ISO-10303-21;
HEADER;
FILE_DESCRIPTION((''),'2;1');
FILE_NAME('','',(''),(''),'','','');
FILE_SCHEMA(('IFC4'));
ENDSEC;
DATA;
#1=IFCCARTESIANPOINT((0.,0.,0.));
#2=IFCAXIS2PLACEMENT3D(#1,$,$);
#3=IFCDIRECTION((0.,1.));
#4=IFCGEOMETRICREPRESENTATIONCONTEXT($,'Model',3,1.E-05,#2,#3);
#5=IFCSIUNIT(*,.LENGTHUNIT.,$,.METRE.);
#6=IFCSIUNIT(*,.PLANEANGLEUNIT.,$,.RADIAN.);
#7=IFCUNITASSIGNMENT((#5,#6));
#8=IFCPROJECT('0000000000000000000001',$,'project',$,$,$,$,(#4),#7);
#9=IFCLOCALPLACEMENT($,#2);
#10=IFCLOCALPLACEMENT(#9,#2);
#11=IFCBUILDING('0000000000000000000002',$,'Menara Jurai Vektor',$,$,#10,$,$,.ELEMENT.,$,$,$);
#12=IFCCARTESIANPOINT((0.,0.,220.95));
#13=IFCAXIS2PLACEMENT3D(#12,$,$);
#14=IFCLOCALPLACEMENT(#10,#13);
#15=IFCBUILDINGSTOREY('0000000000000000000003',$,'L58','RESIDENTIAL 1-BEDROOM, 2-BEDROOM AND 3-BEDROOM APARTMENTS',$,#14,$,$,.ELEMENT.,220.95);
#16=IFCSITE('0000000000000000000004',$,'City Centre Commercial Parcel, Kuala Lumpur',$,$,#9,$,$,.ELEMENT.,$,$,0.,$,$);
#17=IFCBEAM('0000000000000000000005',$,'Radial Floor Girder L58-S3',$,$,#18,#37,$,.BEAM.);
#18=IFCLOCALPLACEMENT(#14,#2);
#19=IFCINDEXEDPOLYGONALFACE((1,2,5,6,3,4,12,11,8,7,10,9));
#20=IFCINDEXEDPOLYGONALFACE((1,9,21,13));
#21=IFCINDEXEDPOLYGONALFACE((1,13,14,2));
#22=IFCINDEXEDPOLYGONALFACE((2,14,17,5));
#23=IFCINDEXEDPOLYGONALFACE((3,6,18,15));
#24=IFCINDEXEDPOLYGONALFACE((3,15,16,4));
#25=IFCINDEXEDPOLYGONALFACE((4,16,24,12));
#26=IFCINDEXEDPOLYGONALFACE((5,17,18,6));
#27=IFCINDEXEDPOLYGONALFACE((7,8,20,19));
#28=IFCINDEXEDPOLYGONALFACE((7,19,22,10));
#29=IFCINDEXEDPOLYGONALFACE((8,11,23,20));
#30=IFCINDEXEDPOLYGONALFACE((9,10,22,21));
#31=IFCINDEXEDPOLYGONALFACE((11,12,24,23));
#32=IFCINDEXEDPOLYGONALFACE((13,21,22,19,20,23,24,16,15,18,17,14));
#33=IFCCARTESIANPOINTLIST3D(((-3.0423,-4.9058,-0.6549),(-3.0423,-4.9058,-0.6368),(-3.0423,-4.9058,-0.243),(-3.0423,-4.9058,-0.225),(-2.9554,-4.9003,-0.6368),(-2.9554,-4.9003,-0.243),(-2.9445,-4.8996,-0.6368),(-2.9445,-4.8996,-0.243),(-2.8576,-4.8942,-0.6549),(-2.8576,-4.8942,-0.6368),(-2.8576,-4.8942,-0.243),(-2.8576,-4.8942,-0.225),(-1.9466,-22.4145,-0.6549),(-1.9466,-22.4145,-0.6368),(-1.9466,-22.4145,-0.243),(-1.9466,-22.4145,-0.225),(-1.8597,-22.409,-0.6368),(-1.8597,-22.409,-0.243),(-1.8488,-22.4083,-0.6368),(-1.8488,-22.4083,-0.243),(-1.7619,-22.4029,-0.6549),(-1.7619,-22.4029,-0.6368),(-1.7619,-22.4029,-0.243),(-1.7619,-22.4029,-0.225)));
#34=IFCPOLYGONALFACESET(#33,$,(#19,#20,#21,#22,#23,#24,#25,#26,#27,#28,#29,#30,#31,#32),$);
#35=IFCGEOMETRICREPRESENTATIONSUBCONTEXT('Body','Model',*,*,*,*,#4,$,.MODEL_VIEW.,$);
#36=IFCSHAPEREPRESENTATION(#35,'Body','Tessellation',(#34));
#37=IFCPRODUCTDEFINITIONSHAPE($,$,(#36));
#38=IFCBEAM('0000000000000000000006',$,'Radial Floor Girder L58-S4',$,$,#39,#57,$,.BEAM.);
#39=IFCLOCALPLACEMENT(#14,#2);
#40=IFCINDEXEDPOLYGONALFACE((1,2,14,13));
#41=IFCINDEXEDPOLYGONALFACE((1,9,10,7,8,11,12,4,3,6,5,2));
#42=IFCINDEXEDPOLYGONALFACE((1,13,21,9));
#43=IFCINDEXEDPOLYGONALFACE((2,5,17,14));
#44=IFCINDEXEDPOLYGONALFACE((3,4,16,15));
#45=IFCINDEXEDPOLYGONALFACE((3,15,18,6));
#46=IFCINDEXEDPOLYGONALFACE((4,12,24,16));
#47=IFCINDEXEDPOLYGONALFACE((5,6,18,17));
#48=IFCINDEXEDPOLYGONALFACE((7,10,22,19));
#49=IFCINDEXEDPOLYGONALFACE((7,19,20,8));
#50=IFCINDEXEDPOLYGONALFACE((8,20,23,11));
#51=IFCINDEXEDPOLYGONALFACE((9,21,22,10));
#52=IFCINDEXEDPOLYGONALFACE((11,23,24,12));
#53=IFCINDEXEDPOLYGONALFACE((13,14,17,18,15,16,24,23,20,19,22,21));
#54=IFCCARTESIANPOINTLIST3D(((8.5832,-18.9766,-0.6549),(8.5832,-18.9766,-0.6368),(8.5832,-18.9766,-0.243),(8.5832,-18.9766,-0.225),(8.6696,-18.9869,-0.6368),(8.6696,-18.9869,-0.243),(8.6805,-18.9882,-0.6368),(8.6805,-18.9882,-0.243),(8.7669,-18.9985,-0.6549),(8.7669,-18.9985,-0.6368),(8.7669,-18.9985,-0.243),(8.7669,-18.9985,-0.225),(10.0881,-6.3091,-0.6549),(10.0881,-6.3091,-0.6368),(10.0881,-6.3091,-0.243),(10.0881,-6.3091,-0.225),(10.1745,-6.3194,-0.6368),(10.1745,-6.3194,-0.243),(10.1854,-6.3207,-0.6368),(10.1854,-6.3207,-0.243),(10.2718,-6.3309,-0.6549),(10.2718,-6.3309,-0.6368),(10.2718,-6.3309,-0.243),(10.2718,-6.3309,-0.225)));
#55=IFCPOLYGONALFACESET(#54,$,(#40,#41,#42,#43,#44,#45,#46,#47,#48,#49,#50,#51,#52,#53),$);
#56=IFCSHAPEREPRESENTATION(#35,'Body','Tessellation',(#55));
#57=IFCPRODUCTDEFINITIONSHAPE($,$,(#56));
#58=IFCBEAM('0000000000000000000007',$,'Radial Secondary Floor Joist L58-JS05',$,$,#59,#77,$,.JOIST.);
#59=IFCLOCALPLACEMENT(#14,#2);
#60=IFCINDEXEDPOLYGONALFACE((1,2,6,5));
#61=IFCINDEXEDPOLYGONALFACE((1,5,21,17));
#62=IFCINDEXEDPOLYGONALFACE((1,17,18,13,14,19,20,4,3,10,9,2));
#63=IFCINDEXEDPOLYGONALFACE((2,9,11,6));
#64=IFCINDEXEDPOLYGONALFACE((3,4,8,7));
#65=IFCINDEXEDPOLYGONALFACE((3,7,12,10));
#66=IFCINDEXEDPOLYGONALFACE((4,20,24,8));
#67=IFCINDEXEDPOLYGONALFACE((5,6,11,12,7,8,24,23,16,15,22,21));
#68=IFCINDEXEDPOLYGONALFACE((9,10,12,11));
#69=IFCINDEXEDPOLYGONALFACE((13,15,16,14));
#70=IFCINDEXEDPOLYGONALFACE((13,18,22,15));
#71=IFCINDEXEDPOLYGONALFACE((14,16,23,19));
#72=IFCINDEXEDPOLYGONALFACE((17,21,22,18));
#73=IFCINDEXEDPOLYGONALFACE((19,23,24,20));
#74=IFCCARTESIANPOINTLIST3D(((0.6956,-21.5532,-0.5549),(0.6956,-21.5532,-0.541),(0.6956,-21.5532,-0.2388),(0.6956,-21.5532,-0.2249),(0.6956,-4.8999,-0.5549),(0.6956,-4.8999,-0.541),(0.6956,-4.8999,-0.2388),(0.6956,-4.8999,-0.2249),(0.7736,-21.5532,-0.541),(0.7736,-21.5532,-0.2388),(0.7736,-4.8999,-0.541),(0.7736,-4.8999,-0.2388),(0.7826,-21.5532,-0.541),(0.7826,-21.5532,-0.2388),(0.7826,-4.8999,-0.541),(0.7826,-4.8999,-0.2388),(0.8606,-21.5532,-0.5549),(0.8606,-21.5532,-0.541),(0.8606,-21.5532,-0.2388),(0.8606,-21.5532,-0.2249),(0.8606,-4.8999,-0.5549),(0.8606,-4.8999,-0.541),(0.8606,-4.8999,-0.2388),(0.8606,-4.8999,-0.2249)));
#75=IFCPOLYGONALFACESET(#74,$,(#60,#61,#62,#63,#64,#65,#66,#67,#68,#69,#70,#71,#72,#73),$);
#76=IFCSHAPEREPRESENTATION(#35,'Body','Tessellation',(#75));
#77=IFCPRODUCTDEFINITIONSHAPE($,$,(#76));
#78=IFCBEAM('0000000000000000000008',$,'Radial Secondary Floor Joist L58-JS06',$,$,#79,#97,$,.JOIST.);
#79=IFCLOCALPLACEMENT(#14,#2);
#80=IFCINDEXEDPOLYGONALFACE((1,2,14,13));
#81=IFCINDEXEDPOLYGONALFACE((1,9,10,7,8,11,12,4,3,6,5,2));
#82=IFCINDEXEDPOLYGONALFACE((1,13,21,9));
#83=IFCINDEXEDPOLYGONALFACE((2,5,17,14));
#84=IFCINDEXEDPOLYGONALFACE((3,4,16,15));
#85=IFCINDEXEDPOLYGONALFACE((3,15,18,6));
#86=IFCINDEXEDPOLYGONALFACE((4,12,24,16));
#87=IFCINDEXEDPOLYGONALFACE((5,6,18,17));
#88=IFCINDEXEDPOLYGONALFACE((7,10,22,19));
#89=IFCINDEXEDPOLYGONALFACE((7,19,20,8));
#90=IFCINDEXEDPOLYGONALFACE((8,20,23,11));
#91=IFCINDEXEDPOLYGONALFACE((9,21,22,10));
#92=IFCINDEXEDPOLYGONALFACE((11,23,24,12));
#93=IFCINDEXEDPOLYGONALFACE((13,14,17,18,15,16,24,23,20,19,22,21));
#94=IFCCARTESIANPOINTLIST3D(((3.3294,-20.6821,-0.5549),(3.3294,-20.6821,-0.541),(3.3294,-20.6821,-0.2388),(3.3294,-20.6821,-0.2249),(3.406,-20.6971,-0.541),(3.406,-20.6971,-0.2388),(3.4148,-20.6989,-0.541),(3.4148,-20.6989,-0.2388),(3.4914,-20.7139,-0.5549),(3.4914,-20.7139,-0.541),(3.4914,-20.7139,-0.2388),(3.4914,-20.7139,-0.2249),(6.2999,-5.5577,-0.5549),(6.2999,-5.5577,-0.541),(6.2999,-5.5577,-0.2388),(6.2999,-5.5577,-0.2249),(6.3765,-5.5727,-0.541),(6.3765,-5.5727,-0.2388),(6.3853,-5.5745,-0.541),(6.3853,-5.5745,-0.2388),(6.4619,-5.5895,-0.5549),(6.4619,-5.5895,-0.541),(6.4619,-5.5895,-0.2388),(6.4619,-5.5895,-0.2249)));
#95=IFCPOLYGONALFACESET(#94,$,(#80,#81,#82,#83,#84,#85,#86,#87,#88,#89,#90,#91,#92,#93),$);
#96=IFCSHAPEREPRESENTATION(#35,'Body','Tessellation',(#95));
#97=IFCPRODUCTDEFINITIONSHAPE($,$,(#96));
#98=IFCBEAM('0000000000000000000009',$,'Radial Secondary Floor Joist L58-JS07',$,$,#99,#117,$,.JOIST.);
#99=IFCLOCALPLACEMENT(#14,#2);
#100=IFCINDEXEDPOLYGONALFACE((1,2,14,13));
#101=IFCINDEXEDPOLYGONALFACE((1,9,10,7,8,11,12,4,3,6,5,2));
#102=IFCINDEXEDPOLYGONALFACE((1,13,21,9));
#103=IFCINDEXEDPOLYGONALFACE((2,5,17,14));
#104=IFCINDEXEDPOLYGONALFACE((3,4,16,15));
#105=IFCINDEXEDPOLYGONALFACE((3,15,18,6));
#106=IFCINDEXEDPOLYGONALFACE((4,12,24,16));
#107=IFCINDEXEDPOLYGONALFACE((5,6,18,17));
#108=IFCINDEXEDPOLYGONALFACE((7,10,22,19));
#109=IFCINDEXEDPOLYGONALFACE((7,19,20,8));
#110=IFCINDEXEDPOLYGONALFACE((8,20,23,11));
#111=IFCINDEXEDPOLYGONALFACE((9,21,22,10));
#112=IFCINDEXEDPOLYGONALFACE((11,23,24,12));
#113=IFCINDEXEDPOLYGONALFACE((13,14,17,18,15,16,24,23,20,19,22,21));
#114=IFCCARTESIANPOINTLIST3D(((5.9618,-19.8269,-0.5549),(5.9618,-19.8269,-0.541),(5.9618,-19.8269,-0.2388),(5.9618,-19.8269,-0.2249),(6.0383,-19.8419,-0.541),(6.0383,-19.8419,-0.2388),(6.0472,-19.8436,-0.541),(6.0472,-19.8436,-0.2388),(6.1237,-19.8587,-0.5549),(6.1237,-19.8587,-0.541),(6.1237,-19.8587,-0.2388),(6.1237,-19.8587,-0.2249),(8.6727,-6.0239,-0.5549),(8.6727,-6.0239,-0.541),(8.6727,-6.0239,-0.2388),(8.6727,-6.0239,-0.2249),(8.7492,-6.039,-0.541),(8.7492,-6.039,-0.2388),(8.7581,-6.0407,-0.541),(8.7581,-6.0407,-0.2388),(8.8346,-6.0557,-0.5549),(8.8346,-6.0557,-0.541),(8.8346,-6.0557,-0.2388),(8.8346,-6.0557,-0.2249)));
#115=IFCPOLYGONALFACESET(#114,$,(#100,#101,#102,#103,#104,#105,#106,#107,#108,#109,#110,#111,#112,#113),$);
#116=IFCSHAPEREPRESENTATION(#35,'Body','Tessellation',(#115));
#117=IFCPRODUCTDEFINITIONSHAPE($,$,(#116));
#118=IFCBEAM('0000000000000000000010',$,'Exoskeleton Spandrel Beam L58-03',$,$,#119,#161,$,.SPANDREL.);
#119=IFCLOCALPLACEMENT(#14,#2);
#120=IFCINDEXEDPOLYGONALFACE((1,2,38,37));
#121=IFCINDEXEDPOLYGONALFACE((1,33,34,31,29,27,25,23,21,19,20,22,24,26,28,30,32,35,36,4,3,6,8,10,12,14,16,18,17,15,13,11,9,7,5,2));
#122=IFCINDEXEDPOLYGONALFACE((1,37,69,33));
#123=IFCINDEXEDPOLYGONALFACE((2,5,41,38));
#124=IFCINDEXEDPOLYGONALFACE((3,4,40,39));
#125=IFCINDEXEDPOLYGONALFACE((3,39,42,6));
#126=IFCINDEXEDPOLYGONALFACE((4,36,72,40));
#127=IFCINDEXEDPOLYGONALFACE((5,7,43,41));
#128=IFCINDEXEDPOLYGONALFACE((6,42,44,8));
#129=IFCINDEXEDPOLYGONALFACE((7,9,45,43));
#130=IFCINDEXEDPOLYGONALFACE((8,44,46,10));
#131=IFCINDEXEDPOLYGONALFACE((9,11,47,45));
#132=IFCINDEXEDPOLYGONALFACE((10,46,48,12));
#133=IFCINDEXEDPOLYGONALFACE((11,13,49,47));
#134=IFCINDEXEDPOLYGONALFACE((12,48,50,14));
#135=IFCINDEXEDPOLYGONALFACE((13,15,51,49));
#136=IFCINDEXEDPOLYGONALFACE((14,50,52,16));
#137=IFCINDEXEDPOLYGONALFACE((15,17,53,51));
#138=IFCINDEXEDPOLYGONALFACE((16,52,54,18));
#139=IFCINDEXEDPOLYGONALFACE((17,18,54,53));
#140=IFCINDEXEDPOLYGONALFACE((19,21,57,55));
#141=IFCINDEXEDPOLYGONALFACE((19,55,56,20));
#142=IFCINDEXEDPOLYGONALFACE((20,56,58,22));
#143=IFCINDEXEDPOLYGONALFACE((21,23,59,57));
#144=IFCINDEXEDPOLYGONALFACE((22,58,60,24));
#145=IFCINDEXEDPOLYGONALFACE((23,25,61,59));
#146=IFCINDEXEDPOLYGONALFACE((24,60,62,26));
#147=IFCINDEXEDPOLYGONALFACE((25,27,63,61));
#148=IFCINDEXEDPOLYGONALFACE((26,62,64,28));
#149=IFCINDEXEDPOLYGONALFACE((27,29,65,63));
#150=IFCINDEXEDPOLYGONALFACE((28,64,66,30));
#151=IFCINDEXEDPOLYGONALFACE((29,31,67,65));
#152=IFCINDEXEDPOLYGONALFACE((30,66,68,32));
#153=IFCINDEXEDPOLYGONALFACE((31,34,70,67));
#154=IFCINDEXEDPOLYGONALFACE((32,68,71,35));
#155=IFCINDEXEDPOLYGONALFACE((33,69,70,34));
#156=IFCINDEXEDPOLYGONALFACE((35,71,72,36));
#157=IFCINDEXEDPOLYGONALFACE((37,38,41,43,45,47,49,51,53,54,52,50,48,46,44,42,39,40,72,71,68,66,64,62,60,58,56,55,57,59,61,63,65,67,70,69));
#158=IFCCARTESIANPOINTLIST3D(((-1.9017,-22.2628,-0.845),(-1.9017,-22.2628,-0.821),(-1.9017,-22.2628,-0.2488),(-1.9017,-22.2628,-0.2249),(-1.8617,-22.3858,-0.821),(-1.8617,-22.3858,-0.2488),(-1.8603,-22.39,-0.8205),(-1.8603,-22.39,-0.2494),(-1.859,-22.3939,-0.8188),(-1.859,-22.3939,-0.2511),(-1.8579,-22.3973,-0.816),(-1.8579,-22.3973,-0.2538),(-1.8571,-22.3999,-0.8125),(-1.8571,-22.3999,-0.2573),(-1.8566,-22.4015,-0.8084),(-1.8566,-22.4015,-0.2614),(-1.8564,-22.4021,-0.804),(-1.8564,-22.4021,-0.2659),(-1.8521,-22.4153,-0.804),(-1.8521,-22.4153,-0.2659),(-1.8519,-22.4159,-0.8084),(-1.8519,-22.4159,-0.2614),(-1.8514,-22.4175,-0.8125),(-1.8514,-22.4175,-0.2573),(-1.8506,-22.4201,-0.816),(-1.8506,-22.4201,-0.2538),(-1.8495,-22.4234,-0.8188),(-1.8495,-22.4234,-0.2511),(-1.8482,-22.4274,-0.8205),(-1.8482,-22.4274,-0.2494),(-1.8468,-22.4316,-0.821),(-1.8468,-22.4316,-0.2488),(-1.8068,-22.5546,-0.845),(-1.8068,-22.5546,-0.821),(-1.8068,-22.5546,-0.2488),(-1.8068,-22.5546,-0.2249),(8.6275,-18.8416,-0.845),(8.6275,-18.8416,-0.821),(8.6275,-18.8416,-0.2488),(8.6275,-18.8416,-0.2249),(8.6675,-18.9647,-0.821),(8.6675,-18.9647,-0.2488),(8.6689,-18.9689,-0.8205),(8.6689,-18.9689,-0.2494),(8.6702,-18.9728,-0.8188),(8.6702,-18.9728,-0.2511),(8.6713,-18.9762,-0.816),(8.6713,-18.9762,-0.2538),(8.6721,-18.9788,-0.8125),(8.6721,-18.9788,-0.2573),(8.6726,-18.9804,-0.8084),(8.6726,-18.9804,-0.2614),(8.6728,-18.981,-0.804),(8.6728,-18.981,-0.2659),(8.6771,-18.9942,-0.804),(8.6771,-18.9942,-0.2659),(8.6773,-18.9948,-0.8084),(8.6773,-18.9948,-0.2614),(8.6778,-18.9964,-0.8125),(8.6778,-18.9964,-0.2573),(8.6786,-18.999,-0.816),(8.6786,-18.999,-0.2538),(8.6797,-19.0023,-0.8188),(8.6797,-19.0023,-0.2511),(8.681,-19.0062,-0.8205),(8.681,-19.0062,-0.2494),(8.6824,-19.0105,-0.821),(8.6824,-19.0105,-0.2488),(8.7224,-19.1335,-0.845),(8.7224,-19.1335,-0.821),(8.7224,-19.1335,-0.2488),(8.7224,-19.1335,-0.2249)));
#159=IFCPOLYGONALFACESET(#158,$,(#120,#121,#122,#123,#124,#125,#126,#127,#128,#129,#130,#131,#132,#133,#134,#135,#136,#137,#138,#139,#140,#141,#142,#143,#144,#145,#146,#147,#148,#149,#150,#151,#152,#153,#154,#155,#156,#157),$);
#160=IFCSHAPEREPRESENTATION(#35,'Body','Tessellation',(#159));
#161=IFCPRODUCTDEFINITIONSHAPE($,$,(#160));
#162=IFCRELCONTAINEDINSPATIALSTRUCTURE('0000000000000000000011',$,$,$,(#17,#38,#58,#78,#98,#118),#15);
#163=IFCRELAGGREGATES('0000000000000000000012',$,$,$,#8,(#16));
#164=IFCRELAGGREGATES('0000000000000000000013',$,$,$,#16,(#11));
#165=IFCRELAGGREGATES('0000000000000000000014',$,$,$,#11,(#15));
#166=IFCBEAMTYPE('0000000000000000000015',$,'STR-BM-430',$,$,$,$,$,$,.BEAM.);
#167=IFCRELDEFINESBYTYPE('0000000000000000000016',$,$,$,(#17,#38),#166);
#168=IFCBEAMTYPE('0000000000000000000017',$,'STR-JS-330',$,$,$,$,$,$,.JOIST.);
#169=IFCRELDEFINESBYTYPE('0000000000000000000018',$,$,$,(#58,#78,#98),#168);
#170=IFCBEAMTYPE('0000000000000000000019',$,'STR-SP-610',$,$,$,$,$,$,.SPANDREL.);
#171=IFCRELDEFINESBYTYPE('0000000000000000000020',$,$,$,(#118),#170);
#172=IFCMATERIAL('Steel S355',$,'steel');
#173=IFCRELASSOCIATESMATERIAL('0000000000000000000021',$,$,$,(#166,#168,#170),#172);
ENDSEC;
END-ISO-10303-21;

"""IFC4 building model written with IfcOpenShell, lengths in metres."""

from ifc_helpers import new_model, si_unit, direction, frame, origin, origin_2d, place, context, subcontext, project, spatial, i_section, extrude, material, material_profile, profile_set, type_object, element, save


model = new_model("IFC4")

# Units and contexts
model_context = context("Model", 3, precision=1e-05, world=origin(), true_north=direction((0.0, 1.0)))
body_context = subcontext(model_context, "Body", "Model", "MODEL_VIEW")
ifc_project = project(units=[si_unit("LENGTHUNIT", "METRE"), si_unit("PLANEANGLEUNIT", "RADIAN")], contexts=[model_context])

# Site, building, storey
site_placement = place(None, origin())
site = spatial("IfcSite", under=ifc_project, at=site_placement, Name="City Centre Commercial Parcel, Kuala Lumpur", CompositionType="ELEMENT", RefElevation=0.0)
building_placement = place(site_placement, origin())
building = spatial("IfcBuilding", under=site, at=building_placement, Name="Menara Jurai Vektor", CompositionType="ELEMENT")
storey_placement = place(building_placement, frame((0.0, 0.0, 220.95)))
storey = spatial("IfcBuildingStorey", under=building, at=storey_placement, Name="L58", Description="RESIDENTIAL 1-BEDROOM, 2-BEDROOM AND 3-BEDROOM APARTMENTS", CompositionType="ELEMENT", Elevation=220.95)

# Beams
ifc_material_1 = material(Name="Steel S355", Category="steel")
ifc_material_profile_1 = material_profile(ifc_material_1, i_section(OverallWidth=0.1851, OverallDepth=0.4299, WebThickness=0.011, FlangeThickness=0.0181, at=origin_2d()), Name="PG 430x185x76")
ifc_profile_set_1 = profile_set([ifc_material_profile_1], Name="Steel S355")
beam_type_1 = type_object("IfcBeamType", Name="STR-BM-430", PredefinedType="BEAM", material=ifc_profile_set_1)
beam_1_placement = place(storey_placement, frame((-1.8542, -22.4087, -0.4399), z_axis=(-0.062458, 0.998048, 0.0), x_axis=(-0.998048, -0.062458, 0.0)))
element("IfcBeam", 1, at=beam_1_placement, inside=storey, type_object=beam_type_1, Name="Radial Floor Girder L58-S3", PredefinedType="BEAM", context=body_context, shape_type="SweptSolid", body=[
    extrude(i_section(OverallWidth=0.1851, OverallDepth=0.4299, WebThickness=0.011, FlangeThickness=0.0181, at=origin_2d()), origin(), (0.0, 0.0, 1.0), 17.543),
])
beam_2_placement = place(storey_placement, frame((8.675, -18.9875, -0.4399), z_axis=(0.117969, 0.993017, 0.0), x_axis=(-0.993017, 0.117969, 0.0)))
element("IfcBeam", 2, at=beam_2_placement, inside=storey, type_object=beam_type_1, Name="Radial Floor Girder L58-S4", PredefinedType="BEAM", context=body_context, shape_type="SweptSolid", body=[
    extrude(i_section(OverallWidth=0.1851, OverallDepth=0.4299, WebThickness=0.011, FlangeThickness=0.0181, at=origin_2d()), origin(), (0.0, 0.0, 1.0), 12.7566),
])
ifc_material_profile_2 = material_profile(ifc_material_1, i_section(OverallWidth=0.165, OverallDepth=0.3301, WebThickness=0.009, FlangeThickness=0.0139, at=origin_2d()), Name="PG 330x165x46")
ifc_profile_set_2 = profile_set([ifc_material_profile_2], Name="Steel S355")
beam_type_2 = type_object("IfcBeamType", Name="STR-JS-330", PredefinedType="JOIST", material=ifc_profile_set_2)
beam_3_placement = place(storey_placement, frame((0.7781, -21.5532, -0.3899), z_axis=(0.0, 1.0, 0.0), x_axis=(-1.0, 0.0, 0.0)))
element("IfcBeam", 3, at=beam_3_placement, inside=storey, type_object=beam_type_2, Name="Radial Secondary Floor Joist L58-JS05", PredefinedType="JOIST", context=body_context, shape_type="SweptSolid", body=[
    extrude(i_section(OverallWidth=0.165, OverallDepth=0.3301, WebThickness=0.009, FlangeThickness=0.0139, at=origin_2d()), origin(), (0.0, 0.0, 1.0), 16.6533),
])
beam_4_placement = place(storey_placement, frame((3.4104, -20.698, -0.3899), z_axis=(0.192722, 0.981253, 0.0), x_axis=(-0.981253, 0.192722, 0.0)))
element("IfcBeam", 4, at=beam_4_placement, inside=storey, type_object=beam_type_2, Name="Radial Secondary Floor Joist L58-JS06", PredefinedType="JOIST", context=body_context, shape_type="SweptSolid", body=[
    extrude(i_section(OverallWidth=0.165, OverallDepth=0.3301, WebThickness=0.009, FlangeThickness=0.0139, at=origin_2d()), origin(), (0.0, 0.0, 1.0), 15.4133),
])
beam_5_placement = place(storey_placement, frame((6.0427, -19.8428, -0.3899), z_axis=(0.192721, 0.981254, 0.0), x_axis=(-0.981254, 0.192721, 0.0)))
element("IfcBeam", 5, at=beam_5_placement, inside=storey, type_object=beam_type_2, Name="Radial Secondary Floor Joist L58-JS07", PredefinedType="JOIST", context=body_context, shape_type="SweptSolid", body=[
    extrude(i_section(OverallWidth=0.165, OverallDepth=0.3301, WebThickness=0.009, FlangeThickness=0.0139, at=origin_2d()), origin(), (0.0, 0.0, 1.0), 14.0667),
])
ifc_material_profile_3 = material_profile(ifc_material_1, i_section(OverallWidth=0.3069, OverallDepth=0.6201, WebThickness=0.0139, FlangeThickness=0.0239, FilletRadius=0.0171, at=origin_2d()), Name="UKB 610x305x179")
ifc_profile_set_3 = profile_set([ifc_material_profile_3], Name="Steel S355")
beam_type_3 = type_object("IfcBeamType", Name="STR-SP-610", PredefinedType="SPANDREL", material=ifc_profile_set_3)
for number, where, z_axis, x_axis, name in (
    (6, (-1.8542, -22.4087, -0.5349), (0.951057, 0.309014, 0.0), (-0.309014, 0.951057, 0.0), "Exoskeleton Spandrel Beam L58-03"),
):
    element("IfcBeam", number, at=place(storey_placement, frame(where, z_axis=z_axis, x_axis=x_axis)), inside=storey, type_object=beam_type_3, Name=name, PredefinedType="SPANDREL", context=body_context, shape_type="SweptSolid", body=[
        extrude(i_section(OverallWidth=0.3069, OverallDepth=0.6201, WebThickness=0.0139, FlangeThickness=0.0239, FilletRadius=0.0171, at=origin_2d()), origin(), (0.0, 0.0, 1.0), 11.071),
    ])

save(model, "model.ifc")
